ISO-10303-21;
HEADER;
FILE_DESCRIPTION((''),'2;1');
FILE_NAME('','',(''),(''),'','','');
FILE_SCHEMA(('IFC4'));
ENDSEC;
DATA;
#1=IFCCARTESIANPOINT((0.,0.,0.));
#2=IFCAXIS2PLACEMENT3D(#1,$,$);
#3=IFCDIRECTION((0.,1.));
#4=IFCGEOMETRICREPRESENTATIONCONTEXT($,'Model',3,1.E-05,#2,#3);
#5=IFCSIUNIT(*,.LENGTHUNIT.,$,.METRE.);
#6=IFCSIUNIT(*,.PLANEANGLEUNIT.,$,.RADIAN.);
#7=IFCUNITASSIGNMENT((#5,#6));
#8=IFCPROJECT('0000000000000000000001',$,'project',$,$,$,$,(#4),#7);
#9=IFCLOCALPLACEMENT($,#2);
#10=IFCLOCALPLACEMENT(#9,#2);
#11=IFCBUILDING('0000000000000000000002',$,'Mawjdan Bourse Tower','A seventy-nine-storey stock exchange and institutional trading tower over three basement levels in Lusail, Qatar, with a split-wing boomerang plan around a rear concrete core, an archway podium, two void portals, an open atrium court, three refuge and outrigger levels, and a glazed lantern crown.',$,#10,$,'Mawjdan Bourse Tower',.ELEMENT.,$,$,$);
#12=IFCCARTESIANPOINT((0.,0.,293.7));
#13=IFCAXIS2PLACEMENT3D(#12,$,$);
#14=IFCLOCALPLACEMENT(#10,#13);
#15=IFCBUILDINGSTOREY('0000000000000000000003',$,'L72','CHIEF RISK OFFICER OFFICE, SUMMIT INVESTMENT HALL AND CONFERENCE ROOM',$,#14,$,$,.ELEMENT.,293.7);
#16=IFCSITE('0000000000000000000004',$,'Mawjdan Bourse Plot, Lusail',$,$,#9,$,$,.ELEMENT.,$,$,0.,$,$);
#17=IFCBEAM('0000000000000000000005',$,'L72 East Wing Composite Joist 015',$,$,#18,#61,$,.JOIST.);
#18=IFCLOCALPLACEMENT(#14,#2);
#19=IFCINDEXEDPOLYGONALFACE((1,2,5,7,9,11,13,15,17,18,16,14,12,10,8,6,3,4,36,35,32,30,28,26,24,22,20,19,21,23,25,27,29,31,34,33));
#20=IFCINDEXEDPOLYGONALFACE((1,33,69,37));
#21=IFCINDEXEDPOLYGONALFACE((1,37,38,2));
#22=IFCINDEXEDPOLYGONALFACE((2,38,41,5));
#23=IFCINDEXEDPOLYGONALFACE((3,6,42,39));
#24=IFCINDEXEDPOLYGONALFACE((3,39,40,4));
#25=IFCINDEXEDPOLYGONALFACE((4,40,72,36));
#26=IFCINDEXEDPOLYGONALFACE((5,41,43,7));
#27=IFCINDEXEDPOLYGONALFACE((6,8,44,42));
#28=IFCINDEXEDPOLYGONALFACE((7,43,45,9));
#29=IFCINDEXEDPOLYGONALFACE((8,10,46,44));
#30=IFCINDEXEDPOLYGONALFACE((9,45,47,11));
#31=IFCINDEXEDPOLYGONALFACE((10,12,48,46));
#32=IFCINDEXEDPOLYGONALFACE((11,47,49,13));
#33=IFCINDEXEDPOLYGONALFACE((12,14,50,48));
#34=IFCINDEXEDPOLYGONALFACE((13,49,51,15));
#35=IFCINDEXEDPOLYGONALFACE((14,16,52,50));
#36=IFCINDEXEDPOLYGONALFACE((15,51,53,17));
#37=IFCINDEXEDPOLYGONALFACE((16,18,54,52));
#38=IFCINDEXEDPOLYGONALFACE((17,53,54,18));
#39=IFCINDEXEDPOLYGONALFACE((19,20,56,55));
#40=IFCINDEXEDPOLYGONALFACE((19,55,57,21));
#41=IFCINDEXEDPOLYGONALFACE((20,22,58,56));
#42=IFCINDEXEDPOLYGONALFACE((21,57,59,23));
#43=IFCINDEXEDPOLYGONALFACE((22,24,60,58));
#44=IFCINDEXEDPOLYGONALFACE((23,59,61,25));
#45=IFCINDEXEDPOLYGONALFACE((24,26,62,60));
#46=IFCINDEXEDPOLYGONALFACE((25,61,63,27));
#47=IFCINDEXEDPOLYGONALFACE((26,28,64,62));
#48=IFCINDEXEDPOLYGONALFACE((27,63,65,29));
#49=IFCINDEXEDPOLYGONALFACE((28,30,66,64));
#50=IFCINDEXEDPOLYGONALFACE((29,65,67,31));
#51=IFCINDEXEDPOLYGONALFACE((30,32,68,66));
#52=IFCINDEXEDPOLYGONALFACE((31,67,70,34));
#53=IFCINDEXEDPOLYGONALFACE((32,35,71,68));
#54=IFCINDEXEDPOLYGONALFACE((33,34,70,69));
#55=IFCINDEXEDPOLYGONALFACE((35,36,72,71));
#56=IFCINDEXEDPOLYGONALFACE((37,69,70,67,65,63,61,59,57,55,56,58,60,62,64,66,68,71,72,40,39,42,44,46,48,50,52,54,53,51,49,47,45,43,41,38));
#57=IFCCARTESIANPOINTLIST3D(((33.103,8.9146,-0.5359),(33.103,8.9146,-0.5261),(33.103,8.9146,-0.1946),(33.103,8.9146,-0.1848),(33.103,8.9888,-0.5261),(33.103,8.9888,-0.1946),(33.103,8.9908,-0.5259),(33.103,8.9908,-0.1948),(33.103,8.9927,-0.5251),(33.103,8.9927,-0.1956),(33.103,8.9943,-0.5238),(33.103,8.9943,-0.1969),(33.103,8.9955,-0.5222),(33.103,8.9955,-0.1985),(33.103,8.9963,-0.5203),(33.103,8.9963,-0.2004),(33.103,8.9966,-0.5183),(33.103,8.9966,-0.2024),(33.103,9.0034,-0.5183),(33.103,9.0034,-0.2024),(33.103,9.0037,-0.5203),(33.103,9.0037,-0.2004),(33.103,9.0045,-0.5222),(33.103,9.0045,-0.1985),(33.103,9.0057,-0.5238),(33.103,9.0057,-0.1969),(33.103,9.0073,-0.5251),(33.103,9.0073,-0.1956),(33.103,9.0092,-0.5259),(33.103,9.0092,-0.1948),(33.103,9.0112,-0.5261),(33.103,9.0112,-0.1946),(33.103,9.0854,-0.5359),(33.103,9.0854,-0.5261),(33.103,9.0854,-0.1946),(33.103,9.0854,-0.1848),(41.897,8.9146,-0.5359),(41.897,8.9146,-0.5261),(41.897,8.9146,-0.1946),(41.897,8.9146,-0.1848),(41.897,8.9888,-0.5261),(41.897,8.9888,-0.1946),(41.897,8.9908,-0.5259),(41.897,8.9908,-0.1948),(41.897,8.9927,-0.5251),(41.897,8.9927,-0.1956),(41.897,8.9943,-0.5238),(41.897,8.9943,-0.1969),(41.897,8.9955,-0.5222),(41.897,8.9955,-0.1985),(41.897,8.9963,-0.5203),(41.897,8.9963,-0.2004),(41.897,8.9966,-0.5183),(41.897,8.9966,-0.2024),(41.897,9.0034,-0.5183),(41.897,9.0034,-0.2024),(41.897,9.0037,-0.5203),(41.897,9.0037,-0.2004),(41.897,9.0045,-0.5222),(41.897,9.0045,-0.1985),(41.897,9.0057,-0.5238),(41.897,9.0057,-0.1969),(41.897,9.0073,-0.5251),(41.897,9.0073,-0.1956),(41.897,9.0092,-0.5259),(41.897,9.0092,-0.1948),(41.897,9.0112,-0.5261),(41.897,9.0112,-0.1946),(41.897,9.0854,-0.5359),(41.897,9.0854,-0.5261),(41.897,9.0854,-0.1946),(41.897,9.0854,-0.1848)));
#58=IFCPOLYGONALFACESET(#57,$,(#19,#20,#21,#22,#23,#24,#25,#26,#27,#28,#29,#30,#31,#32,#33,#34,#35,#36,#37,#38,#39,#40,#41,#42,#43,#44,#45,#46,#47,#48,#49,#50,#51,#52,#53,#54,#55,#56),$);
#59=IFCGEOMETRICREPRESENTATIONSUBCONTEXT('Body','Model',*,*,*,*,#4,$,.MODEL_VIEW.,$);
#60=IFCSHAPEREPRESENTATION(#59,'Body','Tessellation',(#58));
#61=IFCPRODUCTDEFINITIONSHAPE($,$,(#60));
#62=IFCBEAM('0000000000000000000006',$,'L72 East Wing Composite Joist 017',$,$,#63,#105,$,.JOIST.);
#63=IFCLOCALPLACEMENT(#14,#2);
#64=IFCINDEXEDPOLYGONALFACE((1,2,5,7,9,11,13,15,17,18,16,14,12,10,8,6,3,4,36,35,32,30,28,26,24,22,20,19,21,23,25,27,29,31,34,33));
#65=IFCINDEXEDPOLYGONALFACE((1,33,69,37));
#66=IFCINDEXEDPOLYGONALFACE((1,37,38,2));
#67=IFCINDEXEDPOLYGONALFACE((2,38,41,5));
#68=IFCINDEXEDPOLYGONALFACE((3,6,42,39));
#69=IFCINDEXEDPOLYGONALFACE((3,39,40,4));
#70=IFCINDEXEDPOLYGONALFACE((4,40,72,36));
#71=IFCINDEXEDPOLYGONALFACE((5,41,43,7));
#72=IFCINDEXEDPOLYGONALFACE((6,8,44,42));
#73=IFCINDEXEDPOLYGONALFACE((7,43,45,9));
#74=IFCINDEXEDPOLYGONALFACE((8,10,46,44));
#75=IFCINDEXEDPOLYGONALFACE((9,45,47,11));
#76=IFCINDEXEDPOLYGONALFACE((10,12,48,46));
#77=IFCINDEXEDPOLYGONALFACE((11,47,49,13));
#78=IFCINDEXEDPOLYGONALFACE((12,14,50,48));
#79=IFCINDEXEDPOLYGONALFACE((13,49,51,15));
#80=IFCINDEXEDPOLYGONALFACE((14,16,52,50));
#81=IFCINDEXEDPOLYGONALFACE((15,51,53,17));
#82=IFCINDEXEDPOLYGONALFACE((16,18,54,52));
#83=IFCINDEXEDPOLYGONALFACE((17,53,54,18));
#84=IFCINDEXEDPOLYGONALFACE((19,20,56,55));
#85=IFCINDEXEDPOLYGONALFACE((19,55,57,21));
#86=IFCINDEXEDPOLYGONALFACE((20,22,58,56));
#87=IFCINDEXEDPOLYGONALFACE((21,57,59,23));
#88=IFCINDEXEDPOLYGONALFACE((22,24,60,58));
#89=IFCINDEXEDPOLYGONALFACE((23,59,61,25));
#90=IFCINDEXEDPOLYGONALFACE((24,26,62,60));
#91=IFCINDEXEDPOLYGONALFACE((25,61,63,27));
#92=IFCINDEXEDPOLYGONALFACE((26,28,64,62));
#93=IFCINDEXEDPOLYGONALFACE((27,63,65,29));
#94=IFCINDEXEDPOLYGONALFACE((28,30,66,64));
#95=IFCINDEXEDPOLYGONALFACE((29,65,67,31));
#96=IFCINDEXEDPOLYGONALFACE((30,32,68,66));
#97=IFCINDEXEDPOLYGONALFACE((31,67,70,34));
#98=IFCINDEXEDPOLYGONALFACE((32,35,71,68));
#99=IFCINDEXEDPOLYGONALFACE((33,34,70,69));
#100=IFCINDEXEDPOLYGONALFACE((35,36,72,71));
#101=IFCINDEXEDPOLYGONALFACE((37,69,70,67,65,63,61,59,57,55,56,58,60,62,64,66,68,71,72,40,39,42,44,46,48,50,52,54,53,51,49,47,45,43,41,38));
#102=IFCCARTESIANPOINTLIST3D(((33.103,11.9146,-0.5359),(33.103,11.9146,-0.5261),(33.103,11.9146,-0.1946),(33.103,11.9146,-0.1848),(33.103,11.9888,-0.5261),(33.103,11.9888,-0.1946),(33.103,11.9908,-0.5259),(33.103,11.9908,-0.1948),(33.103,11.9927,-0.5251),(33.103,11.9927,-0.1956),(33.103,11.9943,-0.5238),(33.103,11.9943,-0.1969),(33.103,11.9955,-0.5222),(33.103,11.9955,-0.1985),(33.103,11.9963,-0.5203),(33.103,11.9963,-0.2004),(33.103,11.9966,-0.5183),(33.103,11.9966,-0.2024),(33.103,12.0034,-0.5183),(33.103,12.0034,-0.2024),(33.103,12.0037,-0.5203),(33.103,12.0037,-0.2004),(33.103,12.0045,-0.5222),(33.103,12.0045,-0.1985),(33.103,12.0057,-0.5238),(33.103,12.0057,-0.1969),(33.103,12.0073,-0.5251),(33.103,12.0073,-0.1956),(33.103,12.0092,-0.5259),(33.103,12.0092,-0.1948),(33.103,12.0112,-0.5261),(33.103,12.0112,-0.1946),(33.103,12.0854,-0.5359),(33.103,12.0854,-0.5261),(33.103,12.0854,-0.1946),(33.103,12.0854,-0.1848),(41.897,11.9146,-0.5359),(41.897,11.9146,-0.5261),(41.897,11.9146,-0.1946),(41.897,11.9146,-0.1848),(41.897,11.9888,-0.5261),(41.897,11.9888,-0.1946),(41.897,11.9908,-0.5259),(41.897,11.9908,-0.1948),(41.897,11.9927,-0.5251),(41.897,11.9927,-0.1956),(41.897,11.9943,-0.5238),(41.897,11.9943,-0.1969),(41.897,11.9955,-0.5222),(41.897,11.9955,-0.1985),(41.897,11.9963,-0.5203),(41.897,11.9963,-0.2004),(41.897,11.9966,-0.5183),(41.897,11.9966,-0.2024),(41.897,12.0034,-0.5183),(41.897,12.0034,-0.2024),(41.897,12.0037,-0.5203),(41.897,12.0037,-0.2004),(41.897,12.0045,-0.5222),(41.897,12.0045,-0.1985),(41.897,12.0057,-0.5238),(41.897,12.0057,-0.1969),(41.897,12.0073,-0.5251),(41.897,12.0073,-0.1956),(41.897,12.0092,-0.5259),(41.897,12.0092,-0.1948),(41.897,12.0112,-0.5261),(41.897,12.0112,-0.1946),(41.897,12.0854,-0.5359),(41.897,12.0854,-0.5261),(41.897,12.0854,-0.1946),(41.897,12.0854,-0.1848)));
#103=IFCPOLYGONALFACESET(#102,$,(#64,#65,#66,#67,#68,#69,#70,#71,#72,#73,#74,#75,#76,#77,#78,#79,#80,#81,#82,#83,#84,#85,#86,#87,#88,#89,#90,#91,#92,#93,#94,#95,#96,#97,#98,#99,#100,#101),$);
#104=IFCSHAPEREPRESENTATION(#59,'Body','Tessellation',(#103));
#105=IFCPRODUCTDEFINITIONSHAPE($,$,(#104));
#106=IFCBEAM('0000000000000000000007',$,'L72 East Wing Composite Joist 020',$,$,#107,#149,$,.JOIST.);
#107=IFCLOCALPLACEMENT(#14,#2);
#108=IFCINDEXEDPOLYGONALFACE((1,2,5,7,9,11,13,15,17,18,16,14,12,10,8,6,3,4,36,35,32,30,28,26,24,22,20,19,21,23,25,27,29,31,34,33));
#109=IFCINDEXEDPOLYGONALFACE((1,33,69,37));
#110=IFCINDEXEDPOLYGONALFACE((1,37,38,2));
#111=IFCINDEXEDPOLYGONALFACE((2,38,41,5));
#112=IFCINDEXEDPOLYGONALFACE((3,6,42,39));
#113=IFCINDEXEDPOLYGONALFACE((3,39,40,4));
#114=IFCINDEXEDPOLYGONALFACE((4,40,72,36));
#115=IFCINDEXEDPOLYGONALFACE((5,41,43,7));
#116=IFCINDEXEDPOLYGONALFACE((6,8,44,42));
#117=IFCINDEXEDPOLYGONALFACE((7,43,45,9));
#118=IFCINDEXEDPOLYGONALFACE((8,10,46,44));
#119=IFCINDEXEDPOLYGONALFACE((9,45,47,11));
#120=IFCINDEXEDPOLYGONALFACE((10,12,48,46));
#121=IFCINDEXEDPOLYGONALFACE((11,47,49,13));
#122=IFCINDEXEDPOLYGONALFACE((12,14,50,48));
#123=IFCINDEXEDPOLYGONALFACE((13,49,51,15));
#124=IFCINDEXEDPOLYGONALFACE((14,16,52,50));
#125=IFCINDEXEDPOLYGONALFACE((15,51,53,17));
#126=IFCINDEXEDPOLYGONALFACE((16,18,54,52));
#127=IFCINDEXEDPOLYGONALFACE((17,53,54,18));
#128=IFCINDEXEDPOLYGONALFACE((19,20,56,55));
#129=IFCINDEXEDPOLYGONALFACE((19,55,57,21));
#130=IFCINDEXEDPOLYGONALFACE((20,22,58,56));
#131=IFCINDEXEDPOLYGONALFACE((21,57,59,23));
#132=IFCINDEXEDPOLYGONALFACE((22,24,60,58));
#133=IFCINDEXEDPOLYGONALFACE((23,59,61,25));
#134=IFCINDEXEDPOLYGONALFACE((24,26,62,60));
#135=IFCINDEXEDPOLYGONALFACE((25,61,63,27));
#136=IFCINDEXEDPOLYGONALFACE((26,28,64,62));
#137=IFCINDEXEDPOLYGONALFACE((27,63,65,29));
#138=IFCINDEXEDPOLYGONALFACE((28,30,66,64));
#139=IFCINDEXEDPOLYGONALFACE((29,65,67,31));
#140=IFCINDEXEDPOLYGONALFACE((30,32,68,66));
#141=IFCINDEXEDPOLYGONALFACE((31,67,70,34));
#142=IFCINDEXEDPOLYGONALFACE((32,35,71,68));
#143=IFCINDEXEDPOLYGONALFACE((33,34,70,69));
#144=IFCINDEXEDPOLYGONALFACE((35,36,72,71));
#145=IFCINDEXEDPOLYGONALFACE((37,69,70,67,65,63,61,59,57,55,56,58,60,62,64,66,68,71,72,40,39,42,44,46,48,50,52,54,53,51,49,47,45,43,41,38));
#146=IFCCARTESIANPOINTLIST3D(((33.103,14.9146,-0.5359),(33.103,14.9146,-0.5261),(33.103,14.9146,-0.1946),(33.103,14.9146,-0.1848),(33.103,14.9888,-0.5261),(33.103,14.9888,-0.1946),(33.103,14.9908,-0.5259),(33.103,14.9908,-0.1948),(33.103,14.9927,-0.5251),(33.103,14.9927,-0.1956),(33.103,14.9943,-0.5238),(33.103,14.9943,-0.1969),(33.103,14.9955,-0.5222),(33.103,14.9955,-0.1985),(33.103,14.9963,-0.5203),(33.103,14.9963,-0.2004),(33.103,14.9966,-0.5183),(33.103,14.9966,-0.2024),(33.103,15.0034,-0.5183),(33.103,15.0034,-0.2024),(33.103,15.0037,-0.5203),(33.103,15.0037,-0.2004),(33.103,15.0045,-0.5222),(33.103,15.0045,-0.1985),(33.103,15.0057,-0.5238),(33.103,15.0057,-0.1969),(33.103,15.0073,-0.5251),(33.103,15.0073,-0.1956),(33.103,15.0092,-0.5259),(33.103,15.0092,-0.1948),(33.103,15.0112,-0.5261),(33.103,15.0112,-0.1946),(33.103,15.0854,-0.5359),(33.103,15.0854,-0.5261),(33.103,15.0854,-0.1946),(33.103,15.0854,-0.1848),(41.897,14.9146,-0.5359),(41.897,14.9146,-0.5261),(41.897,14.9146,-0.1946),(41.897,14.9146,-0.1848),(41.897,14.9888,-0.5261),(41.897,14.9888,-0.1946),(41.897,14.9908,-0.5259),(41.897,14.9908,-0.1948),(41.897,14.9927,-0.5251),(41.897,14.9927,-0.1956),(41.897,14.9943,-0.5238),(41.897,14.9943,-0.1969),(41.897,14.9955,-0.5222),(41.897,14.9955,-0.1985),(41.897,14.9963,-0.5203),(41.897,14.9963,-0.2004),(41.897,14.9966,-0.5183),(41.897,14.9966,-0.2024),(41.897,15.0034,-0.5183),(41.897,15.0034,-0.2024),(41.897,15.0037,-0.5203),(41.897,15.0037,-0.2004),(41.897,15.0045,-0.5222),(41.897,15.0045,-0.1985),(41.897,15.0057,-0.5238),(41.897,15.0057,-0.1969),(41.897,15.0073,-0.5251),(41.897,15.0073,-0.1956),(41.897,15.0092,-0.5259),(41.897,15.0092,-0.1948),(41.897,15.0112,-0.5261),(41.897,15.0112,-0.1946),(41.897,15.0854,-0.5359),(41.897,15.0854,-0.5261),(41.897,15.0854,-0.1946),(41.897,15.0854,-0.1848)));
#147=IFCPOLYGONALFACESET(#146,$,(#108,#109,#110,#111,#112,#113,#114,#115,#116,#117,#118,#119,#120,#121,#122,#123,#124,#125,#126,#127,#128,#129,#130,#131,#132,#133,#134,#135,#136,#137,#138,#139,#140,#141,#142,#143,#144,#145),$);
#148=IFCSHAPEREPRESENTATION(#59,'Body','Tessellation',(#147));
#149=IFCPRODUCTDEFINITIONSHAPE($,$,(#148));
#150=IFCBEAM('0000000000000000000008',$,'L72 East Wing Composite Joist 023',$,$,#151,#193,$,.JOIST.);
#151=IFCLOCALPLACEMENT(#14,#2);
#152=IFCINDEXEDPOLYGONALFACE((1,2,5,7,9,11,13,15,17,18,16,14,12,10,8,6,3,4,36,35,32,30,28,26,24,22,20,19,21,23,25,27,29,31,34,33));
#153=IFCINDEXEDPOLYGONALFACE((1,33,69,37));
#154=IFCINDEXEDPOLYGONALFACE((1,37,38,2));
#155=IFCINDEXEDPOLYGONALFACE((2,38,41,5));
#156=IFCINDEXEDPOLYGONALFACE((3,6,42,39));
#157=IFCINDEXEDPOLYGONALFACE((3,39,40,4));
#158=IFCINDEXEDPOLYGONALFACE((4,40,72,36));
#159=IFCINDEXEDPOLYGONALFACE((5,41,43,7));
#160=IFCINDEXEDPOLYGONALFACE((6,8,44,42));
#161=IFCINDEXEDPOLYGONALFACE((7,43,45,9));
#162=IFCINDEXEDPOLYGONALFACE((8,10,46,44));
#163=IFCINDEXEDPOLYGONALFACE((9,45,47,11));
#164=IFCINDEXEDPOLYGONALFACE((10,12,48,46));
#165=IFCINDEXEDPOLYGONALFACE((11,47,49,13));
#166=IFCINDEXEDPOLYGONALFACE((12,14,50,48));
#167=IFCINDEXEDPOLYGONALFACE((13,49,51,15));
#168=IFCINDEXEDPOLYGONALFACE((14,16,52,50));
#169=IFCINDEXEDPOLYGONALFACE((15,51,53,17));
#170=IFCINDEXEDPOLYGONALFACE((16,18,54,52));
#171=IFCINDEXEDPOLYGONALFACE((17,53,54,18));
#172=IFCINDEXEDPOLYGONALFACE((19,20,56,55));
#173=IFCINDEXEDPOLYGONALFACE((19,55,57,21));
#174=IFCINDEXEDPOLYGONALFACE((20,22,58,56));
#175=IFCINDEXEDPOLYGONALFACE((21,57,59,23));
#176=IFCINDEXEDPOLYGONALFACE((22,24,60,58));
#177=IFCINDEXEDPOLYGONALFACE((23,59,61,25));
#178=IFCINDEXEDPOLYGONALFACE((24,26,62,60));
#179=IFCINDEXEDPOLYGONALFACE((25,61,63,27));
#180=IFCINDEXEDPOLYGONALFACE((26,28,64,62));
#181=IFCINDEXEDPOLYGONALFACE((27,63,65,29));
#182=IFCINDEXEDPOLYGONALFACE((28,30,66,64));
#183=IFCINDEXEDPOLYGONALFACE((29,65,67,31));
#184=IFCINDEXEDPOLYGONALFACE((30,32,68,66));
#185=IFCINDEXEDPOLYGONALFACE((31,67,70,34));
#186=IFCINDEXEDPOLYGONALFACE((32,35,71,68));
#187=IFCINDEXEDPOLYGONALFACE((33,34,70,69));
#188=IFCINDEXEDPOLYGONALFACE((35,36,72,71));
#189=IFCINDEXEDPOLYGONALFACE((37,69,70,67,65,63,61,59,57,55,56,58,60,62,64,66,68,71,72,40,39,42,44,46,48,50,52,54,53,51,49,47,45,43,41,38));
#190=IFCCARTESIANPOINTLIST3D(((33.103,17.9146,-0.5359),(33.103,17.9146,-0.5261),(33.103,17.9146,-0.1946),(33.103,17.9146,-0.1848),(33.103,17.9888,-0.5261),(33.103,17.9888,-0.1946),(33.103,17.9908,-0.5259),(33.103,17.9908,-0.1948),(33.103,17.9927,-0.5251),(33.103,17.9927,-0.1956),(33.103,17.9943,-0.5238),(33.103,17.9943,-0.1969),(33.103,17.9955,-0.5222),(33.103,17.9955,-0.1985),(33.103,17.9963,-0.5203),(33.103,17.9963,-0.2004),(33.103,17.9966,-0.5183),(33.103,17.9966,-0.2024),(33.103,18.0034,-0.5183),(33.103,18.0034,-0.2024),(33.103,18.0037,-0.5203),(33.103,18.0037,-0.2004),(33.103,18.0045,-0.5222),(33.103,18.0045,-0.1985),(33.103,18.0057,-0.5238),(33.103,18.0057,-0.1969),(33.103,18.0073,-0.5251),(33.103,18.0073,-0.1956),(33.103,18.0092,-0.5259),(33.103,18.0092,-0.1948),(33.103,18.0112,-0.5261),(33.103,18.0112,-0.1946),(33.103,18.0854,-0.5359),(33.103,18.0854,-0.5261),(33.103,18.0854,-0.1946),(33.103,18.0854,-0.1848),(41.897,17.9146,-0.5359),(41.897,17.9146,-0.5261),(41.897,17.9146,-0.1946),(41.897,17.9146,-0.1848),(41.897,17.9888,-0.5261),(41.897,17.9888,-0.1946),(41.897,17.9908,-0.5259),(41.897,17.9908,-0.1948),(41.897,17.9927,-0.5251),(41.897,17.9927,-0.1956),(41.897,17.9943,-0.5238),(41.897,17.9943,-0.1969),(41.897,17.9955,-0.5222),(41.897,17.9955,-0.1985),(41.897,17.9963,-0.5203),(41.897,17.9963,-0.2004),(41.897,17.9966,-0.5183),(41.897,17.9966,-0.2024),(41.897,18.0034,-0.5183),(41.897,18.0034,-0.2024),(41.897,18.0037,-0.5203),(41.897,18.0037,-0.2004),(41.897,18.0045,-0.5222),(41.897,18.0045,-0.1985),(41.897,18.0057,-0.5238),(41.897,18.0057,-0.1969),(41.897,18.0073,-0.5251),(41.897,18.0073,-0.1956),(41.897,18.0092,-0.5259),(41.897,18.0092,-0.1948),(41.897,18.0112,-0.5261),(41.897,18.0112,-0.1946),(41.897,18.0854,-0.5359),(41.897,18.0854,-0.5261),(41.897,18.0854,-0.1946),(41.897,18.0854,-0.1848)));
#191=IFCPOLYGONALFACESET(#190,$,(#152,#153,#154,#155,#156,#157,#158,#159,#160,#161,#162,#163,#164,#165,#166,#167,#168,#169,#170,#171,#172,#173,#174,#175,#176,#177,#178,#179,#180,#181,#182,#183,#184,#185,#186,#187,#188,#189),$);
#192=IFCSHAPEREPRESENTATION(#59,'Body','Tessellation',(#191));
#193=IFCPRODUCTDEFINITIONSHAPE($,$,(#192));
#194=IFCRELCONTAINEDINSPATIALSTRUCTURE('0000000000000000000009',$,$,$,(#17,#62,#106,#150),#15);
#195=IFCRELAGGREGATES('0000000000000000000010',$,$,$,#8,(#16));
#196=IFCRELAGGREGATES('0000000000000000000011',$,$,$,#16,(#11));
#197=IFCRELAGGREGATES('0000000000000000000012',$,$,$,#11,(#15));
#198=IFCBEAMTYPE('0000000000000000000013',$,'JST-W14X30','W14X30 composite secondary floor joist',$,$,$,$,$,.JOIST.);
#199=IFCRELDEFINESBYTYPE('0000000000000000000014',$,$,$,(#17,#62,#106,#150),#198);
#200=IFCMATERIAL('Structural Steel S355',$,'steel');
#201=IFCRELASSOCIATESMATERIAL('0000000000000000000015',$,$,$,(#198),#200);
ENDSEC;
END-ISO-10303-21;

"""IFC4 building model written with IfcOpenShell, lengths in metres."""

from ifc_helpers import new_model, si_unit, direction, frame, origin, origin_2d, place, context, subcontext, project, spatial, i_section, extrude, material, material_profile, profile_set, type_object, element, save


model = new_model("IFC4")

# Units and contexts
model_context = context("Model", 3, precision=1e-05, world=origin(), true_north=direction((0.0, 1.0)))
body_context = subcontext(model_context, "Body", "Model", "MODEL_VIEW")
ifc_project = project(units=[si_unit("LENGTHUNIT", "METRE"), si_unit("PLANEANGLEUNIT", "RADIAN")], contexts=[model_context])

# Site, building, storey
site_placement = place(None, origin())
site = spatial("IfcSite", under=ifc_project, at=site_placement, Name="Mawjdan Bourse Plot, Lusail", CompositionType="ELEMENT", RefElevation=0.0)
building_placement = place(site_placement, origin())
building = spatial("IfcBuilding", under=site, at=building_placement, Name="Mawjdan Bourse Tower", Description="A seventy-nine-storey stock exchange and institutional trading tower over three basement levels in Lusail, Qatar, with a split-wing boomerang plan around a rear concrete core, an archway podium, two void portals, an open atrium court, three refuge and outrigger levels, and a glazed lantern crown.", LongName="Mawjdan Bourse Tower", CompositionType="ELEMENT")
storey_placement = place(building_placement, frame((0.0, 0.0, 293.7)))
storey = spatial("IfcBuildingStorey", under=building, at=storey_placement, Name="L72", Description="CHIEF RISK OFFICER OFFICE, SUMMIT INVESTMENT HALL AND CONFERENCE ROOM", CompositionType="ELEMENT", Elevation=293.7)

# Beams
ifc_material_1 = material(Name="Structural Steel S355", Category="steel")
ifc_material_profile_1 = material_profile(ifc_material_1, i_section(OverallWidth=0.1709, OverallDepth=0.3511, WebThickness=0.0068, FlangeThickness=0.0098, FilletRadius=0.0078, at=origin_2d()), Name="W14X30")
ifc_profile_set_1 = profile_set([ifc_material_profile_1], Name="Structural Steel S355")
beam_type_1 = type_object("IfcBeamType", Name="JST-W14X30", Description="W14X30 composite secondary floor joist", PredefinedType="JOIST", material=ifc_profile_set_1)
for number, where, z_axis, x_axis, name in (
    (1, (33.103, 9.0, -0.3604), (1.0, 0.0, 0.0), (0.0, 1.0, 0.0), "L72 East Wing Composite Joist 015"),
    (2, (33.103, 12.0, -0.3604), (1.0, 0.0, 0.0), (0.0, 1.0, 0.0), "L72 East Wing Composite Joist 017"),
    (3, (33.103, 15.0, -0.3604), (1.0, 0.0, 0.0), (0.0, 1.0, 0.0), "L72 East Wing Composite Joist 020"),
    (4, (33.103, 18.0, -0.3604), (1.0, 0.0, 0.0), (0.0, 1.0, 0.0), "L72 East Wing Composite Joist 023"),
):
    element("IfcBeam", number, at=place(storey_placement, frame(where, z_axis=z_axis, x_axis=x_axis)), inside=storey, type_object=beam_type_1, Name=name, PredefinedType="JOIST", context=body_context, shape_type="SweptSolid", body=[
        extrude(i_section(OverallWidth=0.1709, OverallDepth=0.3511, WebThickness=0.0068, FlangeThickness=0.0098, FilletRadius=0.0078, at=origin_2d()), origin(), (0.0, 0.0, 1.0), 8.7939),
    ])

save(model, "model.ifc")
